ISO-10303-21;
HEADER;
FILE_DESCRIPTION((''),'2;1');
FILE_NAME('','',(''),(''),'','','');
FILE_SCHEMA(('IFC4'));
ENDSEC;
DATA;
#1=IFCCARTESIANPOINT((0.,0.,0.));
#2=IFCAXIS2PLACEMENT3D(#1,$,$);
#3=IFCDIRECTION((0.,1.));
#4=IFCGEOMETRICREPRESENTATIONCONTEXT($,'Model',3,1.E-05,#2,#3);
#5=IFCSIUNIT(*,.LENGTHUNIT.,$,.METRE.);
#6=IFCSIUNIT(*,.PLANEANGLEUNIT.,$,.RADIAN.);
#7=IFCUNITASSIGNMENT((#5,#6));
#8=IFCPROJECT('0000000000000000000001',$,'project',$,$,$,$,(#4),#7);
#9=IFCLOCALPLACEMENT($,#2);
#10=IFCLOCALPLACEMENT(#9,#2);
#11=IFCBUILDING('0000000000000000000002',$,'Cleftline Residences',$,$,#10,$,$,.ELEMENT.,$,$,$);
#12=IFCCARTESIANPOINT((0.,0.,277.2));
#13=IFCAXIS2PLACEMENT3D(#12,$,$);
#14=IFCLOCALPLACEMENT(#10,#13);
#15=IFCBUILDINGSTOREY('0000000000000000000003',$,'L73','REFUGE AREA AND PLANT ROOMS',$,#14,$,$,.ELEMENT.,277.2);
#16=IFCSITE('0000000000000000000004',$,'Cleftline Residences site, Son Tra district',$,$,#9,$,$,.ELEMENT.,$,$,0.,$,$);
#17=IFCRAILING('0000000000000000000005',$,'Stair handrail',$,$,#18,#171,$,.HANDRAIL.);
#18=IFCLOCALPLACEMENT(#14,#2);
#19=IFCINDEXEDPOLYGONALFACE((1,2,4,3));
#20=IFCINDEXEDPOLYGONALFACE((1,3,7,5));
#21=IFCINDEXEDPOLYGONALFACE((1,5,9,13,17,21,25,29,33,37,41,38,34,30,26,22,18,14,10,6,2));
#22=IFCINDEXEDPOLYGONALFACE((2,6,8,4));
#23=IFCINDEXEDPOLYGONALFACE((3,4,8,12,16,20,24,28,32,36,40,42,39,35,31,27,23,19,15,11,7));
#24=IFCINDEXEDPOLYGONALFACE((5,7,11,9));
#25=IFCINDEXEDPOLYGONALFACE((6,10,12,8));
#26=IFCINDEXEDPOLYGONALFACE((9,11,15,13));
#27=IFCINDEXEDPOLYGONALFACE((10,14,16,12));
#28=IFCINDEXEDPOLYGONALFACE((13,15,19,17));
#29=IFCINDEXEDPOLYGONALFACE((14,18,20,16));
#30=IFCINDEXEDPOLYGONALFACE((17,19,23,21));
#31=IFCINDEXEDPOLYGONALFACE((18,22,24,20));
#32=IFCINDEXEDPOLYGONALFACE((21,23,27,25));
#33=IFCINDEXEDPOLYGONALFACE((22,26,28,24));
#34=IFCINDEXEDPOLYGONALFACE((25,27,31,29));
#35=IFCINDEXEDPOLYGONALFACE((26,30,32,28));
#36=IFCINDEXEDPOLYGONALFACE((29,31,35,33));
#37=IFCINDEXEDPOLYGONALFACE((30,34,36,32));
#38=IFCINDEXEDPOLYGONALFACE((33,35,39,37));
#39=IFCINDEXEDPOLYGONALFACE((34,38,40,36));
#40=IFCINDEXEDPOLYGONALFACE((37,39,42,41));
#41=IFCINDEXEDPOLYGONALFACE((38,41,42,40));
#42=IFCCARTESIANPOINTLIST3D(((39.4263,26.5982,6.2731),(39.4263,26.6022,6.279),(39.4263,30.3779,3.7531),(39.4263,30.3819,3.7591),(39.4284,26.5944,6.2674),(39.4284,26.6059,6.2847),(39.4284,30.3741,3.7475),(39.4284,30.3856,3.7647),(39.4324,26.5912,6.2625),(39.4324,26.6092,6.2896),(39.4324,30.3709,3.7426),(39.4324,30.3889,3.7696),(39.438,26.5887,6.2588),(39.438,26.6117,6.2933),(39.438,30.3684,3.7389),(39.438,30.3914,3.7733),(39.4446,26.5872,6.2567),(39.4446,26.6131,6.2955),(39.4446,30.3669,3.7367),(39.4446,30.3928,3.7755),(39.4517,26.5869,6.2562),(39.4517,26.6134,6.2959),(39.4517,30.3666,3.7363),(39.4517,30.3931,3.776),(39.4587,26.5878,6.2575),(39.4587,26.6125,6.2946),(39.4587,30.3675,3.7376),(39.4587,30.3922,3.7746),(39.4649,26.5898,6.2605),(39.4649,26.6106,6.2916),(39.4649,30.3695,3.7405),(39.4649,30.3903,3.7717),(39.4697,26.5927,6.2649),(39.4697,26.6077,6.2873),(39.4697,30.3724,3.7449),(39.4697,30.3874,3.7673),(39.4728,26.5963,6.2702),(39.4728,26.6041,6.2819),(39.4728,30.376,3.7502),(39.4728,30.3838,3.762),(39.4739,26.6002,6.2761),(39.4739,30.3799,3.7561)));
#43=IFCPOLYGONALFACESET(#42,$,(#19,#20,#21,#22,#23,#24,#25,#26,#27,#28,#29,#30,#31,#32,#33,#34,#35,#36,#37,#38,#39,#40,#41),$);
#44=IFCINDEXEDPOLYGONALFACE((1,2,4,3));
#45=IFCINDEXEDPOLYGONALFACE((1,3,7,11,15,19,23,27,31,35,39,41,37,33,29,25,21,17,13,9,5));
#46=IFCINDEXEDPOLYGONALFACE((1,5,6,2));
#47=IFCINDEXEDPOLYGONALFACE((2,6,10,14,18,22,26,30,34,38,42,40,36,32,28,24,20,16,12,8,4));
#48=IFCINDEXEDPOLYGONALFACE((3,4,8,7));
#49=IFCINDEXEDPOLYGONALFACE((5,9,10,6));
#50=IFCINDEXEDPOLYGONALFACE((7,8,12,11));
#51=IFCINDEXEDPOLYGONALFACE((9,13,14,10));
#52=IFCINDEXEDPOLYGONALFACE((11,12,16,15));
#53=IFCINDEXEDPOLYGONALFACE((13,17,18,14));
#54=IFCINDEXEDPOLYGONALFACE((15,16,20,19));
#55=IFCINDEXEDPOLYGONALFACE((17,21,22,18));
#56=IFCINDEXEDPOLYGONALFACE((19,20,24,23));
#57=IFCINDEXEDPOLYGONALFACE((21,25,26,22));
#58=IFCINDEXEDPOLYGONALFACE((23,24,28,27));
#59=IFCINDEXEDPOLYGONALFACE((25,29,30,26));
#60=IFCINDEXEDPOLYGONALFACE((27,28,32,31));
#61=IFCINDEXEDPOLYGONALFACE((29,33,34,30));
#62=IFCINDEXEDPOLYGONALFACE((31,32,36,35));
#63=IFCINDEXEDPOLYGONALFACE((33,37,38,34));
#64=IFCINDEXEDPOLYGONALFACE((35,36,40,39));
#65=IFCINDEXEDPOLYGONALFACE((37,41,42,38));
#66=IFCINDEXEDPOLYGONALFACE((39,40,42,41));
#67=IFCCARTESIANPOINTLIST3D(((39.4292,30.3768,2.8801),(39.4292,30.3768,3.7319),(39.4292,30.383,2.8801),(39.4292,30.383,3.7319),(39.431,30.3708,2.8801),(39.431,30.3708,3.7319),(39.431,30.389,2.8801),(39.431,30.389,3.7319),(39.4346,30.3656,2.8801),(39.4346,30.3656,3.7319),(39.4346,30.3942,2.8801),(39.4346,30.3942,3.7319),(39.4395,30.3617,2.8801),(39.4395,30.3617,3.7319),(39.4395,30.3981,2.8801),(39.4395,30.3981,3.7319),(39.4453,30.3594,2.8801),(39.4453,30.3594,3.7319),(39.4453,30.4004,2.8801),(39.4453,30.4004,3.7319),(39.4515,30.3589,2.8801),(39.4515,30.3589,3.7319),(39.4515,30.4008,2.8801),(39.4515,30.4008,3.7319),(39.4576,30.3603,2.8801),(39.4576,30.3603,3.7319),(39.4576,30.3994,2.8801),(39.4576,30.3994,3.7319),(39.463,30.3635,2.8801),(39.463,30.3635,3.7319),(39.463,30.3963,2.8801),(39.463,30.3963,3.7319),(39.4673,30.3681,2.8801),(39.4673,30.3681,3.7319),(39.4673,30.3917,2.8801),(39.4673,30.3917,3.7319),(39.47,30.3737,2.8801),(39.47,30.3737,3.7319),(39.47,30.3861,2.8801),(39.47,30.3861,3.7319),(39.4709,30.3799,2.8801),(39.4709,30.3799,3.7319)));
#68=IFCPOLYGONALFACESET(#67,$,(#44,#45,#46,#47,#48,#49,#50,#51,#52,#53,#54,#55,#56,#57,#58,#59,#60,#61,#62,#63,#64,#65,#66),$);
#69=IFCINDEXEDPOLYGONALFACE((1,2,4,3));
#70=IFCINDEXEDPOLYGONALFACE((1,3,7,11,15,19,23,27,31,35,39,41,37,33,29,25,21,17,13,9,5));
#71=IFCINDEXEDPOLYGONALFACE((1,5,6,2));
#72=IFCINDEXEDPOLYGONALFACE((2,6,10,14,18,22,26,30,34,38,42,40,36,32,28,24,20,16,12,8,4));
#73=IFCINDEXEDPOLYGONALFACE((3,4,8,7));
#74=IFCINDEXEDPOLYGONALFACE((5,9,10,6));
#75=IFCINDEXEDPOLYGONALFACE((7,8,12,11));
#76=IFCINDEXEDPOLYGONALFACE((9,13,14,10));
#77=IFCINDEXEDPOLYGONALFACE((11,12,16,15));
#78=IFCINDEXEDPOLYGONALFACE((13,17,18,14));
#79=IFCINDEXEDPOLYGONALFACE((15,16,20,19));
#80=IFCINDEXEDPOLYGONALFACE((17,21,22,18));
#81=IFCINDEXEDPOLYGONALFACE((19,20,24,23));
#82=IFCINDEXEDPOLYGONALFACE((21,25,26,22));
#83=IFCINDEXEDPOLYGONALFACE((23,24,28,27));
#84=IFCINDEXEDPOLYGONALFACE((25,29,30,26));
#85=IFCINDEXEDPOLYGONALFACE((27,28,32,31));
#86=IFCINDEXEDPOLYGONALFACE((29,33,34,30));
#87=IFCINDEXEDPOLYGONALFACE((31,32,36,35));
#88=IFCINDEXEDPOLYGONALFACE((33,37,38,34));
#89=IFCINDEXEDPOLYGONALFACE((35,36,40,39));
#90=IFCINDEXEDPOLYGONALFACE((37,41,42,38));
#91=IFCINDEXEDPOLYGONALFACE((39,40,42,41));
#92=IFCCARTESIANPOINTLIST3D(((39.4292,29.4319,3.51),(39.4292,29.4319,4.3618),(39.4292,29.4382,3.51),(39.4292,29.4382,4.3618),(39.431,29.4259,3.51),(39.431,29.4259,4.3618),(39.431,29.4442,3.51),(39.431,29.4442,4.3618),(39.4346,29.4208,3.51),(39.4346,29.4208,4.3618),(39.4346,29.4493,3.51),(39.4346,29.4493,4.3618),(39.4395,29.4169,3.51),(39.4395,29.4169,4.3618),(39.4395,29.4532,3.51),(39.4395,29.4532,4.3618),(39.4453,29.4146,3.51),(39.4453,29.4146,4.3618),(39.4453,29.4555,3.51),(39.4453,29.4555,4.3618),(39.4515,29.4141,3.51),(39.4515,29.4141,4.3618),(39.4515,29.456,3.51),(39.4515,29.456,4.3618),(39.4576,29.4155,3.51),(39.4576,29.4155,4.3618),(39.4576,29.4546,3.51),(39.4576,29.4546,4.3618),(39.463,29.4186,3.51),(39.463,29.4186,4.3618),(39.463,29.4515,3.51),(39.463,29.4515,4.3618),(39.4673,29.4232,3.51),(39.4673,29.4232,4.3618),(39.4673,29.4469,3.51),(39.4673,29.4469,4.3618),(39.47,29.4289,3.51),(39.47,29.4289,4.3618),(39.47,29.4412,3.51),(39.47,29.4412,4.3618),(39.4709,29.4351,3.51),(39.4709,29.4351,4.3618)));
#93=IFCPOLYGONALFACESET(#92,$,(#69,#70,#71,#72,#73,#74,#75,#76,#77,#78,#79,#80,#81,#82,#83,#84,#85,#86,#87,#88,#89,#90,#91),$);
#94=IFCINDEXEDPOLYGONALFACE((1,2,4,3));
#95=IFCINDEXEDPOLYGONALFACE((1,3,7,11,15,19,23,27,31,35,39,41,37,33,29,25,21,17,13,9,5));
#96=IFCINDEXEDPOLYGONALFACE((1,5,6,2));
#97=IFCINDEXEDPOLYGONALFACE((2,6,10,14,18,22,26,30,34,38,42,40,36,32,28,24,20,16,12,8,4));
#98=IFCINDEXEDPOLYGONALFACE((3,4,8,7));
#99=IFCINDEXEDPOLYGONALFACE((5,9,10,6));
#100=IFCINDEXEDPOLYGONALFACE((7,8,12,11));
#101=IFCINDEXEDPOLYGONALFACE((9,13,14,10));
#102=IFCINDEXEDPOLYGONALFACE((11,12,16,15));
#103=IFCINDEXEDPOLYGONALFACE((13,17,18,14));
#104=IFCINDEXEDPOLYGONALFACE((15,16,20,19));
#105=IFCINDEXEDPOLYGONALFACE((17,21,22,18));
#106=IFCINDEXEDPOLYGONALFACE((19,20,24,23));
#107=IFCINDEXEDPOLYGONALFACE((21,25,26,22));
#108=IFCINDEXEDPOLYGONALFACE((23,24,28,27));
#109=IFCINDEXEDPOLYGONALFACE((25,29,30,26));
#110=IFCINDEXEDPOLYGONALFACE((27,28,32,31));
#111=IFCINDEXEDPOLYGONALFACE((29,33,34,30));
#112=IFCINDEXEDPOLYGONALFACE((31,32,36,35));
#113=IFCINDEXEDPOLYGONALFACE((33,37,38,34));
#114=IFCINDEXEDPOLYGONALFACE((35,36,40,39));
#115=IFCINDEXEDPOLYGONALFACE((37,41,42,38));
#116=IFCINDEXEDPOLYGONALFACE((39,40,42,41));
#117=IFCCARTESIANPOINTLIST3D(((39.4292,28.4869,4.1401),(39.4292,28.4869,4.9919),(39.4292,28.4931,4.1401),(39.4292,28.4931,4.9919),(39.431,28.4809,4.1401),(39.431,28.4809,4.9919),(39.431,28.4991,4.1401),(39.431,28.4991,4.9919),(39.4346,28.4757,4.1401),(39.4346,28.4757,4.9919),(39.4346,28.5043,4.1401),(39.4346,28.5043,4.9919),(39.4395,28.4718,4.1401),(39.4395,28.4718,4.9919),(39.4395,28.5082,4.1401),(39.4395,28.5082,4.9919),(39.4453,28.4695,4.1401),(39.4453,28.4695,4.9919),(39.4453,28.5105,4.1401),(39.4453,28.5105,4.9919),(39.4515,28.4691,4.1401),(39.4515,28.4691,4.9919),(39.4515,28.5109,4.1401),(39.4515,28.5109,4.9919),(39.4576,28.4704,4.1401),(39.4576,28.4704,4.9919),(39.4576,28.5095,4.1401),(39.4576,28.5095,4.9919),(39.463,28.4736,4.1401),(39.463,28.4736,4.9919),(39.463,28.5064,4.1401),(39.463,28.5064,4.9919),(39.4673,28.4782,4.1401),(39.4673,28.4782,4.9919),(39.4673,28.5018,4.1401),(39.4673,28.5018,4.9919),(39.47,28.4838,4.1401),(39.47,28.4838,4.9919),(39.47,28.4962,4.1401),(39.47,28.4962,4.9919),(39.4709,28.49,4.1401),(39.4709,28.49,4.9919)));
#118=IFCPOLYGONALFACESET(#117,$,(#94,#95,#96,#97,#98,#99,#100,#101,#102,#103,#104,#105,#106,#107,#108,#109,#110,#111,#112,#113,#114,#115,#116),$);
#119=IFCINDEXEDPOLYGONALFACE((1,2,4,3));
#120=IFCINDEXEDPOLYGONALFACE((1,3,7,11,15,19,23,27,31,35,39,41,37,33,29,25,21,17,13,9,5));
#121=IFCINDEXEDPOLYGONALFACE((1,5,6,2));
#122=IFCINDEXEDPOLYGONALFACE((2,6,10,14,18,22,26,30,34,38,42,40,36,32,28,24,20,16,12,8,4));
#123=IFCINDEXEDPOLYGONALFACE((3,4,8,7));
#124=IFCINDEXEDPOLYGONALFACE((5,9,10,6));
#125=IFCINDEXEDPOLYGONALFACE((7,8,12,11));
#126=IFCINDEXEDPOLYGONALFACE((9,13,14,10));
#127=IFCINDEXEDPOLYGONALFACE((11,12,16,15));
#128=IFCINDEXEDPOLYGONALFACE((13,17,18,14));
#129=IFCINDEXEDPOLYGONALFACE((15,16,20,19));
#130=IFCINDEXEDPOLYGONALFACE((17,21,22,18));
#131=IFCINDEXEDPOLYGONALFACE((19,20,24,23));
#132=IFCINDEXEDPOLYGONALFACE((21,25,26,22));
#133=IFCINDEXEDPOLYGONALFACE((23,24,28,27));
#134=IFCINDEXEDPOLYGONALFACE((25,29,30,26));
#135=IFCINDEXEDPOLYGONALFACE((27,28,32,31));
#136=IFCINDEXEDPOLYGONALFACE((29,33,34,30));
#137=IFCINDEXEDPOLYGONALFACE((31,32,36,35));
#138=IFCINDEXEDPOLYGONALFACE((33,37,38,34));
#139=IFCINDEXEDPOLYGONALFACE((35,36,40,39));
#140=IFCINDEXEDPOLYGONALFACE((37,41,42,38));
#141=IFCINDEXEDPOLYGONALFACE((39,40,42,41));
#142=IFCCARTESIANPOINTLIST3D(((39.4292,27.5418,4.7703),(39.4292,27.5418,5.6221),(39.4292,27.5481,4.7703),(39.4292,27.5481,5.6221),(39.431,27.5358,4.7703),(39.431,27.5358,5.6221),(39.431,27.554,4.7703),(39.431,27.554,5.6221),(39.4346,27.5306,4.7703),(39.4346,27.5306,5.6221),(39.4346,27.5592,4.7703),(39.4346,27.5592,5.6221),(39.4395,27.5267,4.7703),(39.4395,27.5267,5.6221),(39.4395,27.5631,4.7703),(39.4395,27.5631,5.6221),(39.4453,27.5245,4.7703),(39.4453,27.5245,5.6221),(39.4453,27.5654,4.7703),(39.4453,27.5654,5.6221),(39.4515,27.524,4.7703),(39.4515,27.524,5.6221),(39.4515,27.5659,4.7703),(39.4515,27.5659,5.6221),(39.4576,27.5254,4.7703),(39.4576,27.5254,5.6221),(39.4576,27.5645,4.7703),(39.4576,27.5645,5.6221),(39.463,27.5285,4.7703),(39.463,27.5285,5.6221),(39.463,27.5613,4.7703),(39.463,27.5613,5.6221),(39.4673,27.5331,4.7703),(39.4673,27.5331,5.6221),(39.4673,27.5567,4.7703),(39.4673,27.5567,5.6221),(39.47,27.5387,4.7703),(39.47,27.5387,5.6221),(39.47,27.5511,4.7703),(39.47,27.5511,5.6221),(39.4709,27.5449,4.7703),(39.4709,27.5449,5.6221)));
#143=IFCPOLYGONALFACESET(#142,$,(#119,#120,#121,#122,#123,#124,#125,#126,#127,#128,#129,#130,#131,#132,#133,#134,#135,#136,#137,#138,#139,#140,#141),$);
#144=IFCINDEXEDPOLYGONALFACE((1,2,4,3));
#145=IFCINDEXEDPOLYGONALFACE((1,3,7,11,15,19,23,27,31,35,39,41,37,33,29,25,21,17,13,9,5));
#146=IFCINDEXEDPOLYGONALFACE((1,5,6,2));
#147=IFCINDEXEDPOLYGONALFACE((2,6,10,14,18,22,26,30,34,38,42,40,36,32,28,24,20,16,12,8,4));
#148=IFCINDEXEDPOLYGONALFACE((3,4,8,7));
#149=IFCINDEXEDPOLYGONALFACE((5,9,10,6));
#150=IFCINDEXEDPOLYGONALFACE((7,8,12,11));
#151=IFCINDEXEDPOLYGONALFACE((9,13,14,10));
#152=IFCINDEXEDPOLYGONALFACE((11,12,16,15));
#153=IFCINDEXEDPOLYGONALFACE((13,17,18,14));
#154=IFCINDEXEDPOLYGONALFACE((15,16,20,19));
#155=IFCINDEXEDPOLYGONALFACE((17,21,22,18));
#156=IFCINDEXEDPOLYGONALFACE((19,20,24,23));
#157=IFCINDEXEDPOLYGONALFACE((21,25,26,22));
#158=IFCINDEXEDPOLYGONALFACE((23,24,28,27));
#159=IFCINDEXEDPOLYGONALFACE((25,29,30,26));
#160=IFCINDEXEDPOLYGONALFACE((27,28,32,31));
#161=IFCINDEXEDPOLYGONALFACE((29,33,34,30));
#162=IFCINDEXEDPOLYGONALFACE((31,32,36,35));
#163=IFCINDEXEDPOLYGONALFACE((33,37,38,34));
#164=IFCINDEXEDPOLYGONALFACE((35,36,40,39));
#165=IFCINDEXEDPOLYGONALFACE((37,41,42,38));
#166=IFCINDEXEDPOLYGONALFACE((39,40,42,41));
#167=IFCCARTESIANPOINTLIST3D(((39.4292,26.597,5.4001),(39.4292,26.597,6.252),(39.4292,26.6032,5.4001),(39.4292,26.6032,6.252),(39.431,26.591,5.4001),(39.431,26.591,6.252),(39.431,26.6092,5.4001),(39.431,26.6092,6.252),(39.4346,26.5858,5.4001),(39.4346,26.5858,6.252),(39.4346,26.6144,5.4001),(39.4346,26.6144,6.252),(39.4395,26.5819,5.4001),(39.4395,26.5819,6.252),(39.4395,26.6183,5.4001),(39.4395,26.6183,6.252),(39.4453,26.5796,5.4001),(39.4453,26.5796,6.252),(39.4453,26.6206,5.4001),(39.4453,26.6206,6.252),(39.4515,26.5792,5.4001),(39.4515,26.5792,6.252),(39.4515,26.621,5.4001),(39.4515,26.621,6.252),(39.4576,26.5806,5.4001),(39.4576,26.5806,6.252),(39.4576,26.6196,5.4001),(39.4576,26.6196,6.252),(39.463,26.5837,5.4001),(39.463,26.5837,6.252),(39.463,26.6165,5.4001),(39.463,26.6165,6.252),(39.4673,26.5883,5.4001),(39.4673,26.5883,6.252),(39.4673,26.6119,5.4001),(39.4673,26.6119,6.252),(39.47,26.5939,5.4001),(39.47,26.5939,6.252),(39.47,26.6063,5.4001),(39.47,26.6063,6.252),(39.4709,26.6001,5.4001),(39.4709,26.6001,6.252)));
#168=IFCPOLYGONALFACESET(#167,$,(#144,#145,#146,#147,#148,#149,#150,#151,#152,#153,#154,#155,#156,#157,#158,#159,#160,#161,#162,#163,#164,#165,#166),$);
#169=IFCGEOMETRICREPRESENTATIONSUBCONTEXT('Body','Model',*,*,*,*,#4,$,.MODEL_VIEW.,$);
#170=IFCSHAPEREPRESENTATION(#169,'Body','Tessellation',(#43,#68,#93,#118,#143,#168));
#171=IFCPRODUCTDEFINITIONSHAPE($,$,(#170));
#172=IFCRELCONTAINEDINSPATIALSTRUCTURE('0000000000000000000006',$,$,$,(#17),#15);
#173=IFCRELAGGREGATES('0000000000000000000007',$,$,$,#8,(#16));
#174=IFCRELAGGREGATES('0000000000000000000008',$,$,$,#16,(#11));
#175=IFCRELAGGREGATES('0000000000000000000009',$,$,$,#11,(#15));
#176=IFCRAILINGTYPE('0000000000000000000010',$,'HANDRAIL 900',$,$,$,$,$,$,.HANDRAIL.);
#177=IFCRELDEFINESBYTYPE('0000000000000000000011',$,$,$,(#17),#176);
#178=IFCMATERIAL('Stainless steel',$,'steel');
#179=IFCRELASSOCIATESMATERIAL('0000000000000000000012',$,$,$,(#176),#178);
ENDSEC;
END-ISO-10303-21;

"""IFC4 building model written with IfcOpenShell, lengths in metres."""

from ifc_helpers import new_model, si_unit, direction, frame, origin, origin_2d, place, context, subcontext, project, spatial, circle, extrude, material, type_object, element, save


model = new_model("IFC4")

# Units and contexts
model_context = context("Model", 3, precision=1e-05, world=origin(), true_north=direction((0.0, 1.0)))
body_context = subcontext(model_context, "Body", "Model", "MODEL_VIEW")
ifc_project = project(units=[si_unit("LENGTHUNIT", "METRE"), si_unit("PLANEANGLEUNIT", "RADIAN")], contexts=[model_context])

# Site, building, storey
site_placement = place(None, origin())
site = spatial("IfcSite", under=ifc_project, at=site_placement, Name="Cleftline Residences site, Son Tra district", CompositionType="ELEMENT", RefElevation=0.0)
building_placement = place(site_placement, origin())
building = spatial("IfcBuilding", under=site, at=building_placement, Name="Cleftline Residences", CompositionType="ELEMENT")
storey_placement = place(building_placement, frame((0.0, 0.0, 277.2)))
storey = spatial("IfcBuildingStorey", under=building, at=storey_placement, Name="L73", Description="REFUGE AREA AND PLANT ROOMS", CompositionType="ELEMENT", Elevation=277.2)

# Railing
ifc_material_1 = material(Name="Stainless steel", Category="steel")
railing_type = type_object("IfcRailingType", Name="HANDRAIL 900", PredefinedType="HANDRAIL", material=ifc_material_1)
railing_placement = place(storey_placement, frame((39.45, 30.3799, 2.8801)))
element("IfcRailing", 1, at=railing_placement, inside=storey, type_object=railing_type, Name="Stair handrail", PredefinedType="HANDRAIL", context=body_context, shape_type="SweptSolid", body=[
    extrude(circle(Radius=0.0239, at=origin_2d()), frame((0.0, 0.0, 0.876), z_axis=(0.0, -0.832034, 0.554725), x_axis=(1.0, 0.0, 0.0)), (0.0, 0.0, 1.0), 4.5427),
    extrude(circle(Radius=0.021, at=origin_2d()), origin(), (0.0, 0.0, 1.0), 0.8518),
    extrude(circle(Radius=0.021, at=origin_2d()), frame((0.0, -0.9448, 0.6299)), (0.0, 0.0, 1.0), 0.8518),
    extrude(circle(Radius=0.021, at=origin_2d()), frame((0.0, -1.8899, 1.26)), (0.0, 0.0, 1.0), 0.8518),
    extrude(circle(Radius=0.021, at=origin_2d()), frame((0.0, -2.835, 1.8901)), (0.0, 0.0, 1.0), 0.8518),
    extrude(circle(Radius=0.021, at=origin_2d()), frame((0.0, -3.7798, 2.52)), (0.0, 0.0, 1.0), 0.8518),
])

save(model, "model.ifc")
